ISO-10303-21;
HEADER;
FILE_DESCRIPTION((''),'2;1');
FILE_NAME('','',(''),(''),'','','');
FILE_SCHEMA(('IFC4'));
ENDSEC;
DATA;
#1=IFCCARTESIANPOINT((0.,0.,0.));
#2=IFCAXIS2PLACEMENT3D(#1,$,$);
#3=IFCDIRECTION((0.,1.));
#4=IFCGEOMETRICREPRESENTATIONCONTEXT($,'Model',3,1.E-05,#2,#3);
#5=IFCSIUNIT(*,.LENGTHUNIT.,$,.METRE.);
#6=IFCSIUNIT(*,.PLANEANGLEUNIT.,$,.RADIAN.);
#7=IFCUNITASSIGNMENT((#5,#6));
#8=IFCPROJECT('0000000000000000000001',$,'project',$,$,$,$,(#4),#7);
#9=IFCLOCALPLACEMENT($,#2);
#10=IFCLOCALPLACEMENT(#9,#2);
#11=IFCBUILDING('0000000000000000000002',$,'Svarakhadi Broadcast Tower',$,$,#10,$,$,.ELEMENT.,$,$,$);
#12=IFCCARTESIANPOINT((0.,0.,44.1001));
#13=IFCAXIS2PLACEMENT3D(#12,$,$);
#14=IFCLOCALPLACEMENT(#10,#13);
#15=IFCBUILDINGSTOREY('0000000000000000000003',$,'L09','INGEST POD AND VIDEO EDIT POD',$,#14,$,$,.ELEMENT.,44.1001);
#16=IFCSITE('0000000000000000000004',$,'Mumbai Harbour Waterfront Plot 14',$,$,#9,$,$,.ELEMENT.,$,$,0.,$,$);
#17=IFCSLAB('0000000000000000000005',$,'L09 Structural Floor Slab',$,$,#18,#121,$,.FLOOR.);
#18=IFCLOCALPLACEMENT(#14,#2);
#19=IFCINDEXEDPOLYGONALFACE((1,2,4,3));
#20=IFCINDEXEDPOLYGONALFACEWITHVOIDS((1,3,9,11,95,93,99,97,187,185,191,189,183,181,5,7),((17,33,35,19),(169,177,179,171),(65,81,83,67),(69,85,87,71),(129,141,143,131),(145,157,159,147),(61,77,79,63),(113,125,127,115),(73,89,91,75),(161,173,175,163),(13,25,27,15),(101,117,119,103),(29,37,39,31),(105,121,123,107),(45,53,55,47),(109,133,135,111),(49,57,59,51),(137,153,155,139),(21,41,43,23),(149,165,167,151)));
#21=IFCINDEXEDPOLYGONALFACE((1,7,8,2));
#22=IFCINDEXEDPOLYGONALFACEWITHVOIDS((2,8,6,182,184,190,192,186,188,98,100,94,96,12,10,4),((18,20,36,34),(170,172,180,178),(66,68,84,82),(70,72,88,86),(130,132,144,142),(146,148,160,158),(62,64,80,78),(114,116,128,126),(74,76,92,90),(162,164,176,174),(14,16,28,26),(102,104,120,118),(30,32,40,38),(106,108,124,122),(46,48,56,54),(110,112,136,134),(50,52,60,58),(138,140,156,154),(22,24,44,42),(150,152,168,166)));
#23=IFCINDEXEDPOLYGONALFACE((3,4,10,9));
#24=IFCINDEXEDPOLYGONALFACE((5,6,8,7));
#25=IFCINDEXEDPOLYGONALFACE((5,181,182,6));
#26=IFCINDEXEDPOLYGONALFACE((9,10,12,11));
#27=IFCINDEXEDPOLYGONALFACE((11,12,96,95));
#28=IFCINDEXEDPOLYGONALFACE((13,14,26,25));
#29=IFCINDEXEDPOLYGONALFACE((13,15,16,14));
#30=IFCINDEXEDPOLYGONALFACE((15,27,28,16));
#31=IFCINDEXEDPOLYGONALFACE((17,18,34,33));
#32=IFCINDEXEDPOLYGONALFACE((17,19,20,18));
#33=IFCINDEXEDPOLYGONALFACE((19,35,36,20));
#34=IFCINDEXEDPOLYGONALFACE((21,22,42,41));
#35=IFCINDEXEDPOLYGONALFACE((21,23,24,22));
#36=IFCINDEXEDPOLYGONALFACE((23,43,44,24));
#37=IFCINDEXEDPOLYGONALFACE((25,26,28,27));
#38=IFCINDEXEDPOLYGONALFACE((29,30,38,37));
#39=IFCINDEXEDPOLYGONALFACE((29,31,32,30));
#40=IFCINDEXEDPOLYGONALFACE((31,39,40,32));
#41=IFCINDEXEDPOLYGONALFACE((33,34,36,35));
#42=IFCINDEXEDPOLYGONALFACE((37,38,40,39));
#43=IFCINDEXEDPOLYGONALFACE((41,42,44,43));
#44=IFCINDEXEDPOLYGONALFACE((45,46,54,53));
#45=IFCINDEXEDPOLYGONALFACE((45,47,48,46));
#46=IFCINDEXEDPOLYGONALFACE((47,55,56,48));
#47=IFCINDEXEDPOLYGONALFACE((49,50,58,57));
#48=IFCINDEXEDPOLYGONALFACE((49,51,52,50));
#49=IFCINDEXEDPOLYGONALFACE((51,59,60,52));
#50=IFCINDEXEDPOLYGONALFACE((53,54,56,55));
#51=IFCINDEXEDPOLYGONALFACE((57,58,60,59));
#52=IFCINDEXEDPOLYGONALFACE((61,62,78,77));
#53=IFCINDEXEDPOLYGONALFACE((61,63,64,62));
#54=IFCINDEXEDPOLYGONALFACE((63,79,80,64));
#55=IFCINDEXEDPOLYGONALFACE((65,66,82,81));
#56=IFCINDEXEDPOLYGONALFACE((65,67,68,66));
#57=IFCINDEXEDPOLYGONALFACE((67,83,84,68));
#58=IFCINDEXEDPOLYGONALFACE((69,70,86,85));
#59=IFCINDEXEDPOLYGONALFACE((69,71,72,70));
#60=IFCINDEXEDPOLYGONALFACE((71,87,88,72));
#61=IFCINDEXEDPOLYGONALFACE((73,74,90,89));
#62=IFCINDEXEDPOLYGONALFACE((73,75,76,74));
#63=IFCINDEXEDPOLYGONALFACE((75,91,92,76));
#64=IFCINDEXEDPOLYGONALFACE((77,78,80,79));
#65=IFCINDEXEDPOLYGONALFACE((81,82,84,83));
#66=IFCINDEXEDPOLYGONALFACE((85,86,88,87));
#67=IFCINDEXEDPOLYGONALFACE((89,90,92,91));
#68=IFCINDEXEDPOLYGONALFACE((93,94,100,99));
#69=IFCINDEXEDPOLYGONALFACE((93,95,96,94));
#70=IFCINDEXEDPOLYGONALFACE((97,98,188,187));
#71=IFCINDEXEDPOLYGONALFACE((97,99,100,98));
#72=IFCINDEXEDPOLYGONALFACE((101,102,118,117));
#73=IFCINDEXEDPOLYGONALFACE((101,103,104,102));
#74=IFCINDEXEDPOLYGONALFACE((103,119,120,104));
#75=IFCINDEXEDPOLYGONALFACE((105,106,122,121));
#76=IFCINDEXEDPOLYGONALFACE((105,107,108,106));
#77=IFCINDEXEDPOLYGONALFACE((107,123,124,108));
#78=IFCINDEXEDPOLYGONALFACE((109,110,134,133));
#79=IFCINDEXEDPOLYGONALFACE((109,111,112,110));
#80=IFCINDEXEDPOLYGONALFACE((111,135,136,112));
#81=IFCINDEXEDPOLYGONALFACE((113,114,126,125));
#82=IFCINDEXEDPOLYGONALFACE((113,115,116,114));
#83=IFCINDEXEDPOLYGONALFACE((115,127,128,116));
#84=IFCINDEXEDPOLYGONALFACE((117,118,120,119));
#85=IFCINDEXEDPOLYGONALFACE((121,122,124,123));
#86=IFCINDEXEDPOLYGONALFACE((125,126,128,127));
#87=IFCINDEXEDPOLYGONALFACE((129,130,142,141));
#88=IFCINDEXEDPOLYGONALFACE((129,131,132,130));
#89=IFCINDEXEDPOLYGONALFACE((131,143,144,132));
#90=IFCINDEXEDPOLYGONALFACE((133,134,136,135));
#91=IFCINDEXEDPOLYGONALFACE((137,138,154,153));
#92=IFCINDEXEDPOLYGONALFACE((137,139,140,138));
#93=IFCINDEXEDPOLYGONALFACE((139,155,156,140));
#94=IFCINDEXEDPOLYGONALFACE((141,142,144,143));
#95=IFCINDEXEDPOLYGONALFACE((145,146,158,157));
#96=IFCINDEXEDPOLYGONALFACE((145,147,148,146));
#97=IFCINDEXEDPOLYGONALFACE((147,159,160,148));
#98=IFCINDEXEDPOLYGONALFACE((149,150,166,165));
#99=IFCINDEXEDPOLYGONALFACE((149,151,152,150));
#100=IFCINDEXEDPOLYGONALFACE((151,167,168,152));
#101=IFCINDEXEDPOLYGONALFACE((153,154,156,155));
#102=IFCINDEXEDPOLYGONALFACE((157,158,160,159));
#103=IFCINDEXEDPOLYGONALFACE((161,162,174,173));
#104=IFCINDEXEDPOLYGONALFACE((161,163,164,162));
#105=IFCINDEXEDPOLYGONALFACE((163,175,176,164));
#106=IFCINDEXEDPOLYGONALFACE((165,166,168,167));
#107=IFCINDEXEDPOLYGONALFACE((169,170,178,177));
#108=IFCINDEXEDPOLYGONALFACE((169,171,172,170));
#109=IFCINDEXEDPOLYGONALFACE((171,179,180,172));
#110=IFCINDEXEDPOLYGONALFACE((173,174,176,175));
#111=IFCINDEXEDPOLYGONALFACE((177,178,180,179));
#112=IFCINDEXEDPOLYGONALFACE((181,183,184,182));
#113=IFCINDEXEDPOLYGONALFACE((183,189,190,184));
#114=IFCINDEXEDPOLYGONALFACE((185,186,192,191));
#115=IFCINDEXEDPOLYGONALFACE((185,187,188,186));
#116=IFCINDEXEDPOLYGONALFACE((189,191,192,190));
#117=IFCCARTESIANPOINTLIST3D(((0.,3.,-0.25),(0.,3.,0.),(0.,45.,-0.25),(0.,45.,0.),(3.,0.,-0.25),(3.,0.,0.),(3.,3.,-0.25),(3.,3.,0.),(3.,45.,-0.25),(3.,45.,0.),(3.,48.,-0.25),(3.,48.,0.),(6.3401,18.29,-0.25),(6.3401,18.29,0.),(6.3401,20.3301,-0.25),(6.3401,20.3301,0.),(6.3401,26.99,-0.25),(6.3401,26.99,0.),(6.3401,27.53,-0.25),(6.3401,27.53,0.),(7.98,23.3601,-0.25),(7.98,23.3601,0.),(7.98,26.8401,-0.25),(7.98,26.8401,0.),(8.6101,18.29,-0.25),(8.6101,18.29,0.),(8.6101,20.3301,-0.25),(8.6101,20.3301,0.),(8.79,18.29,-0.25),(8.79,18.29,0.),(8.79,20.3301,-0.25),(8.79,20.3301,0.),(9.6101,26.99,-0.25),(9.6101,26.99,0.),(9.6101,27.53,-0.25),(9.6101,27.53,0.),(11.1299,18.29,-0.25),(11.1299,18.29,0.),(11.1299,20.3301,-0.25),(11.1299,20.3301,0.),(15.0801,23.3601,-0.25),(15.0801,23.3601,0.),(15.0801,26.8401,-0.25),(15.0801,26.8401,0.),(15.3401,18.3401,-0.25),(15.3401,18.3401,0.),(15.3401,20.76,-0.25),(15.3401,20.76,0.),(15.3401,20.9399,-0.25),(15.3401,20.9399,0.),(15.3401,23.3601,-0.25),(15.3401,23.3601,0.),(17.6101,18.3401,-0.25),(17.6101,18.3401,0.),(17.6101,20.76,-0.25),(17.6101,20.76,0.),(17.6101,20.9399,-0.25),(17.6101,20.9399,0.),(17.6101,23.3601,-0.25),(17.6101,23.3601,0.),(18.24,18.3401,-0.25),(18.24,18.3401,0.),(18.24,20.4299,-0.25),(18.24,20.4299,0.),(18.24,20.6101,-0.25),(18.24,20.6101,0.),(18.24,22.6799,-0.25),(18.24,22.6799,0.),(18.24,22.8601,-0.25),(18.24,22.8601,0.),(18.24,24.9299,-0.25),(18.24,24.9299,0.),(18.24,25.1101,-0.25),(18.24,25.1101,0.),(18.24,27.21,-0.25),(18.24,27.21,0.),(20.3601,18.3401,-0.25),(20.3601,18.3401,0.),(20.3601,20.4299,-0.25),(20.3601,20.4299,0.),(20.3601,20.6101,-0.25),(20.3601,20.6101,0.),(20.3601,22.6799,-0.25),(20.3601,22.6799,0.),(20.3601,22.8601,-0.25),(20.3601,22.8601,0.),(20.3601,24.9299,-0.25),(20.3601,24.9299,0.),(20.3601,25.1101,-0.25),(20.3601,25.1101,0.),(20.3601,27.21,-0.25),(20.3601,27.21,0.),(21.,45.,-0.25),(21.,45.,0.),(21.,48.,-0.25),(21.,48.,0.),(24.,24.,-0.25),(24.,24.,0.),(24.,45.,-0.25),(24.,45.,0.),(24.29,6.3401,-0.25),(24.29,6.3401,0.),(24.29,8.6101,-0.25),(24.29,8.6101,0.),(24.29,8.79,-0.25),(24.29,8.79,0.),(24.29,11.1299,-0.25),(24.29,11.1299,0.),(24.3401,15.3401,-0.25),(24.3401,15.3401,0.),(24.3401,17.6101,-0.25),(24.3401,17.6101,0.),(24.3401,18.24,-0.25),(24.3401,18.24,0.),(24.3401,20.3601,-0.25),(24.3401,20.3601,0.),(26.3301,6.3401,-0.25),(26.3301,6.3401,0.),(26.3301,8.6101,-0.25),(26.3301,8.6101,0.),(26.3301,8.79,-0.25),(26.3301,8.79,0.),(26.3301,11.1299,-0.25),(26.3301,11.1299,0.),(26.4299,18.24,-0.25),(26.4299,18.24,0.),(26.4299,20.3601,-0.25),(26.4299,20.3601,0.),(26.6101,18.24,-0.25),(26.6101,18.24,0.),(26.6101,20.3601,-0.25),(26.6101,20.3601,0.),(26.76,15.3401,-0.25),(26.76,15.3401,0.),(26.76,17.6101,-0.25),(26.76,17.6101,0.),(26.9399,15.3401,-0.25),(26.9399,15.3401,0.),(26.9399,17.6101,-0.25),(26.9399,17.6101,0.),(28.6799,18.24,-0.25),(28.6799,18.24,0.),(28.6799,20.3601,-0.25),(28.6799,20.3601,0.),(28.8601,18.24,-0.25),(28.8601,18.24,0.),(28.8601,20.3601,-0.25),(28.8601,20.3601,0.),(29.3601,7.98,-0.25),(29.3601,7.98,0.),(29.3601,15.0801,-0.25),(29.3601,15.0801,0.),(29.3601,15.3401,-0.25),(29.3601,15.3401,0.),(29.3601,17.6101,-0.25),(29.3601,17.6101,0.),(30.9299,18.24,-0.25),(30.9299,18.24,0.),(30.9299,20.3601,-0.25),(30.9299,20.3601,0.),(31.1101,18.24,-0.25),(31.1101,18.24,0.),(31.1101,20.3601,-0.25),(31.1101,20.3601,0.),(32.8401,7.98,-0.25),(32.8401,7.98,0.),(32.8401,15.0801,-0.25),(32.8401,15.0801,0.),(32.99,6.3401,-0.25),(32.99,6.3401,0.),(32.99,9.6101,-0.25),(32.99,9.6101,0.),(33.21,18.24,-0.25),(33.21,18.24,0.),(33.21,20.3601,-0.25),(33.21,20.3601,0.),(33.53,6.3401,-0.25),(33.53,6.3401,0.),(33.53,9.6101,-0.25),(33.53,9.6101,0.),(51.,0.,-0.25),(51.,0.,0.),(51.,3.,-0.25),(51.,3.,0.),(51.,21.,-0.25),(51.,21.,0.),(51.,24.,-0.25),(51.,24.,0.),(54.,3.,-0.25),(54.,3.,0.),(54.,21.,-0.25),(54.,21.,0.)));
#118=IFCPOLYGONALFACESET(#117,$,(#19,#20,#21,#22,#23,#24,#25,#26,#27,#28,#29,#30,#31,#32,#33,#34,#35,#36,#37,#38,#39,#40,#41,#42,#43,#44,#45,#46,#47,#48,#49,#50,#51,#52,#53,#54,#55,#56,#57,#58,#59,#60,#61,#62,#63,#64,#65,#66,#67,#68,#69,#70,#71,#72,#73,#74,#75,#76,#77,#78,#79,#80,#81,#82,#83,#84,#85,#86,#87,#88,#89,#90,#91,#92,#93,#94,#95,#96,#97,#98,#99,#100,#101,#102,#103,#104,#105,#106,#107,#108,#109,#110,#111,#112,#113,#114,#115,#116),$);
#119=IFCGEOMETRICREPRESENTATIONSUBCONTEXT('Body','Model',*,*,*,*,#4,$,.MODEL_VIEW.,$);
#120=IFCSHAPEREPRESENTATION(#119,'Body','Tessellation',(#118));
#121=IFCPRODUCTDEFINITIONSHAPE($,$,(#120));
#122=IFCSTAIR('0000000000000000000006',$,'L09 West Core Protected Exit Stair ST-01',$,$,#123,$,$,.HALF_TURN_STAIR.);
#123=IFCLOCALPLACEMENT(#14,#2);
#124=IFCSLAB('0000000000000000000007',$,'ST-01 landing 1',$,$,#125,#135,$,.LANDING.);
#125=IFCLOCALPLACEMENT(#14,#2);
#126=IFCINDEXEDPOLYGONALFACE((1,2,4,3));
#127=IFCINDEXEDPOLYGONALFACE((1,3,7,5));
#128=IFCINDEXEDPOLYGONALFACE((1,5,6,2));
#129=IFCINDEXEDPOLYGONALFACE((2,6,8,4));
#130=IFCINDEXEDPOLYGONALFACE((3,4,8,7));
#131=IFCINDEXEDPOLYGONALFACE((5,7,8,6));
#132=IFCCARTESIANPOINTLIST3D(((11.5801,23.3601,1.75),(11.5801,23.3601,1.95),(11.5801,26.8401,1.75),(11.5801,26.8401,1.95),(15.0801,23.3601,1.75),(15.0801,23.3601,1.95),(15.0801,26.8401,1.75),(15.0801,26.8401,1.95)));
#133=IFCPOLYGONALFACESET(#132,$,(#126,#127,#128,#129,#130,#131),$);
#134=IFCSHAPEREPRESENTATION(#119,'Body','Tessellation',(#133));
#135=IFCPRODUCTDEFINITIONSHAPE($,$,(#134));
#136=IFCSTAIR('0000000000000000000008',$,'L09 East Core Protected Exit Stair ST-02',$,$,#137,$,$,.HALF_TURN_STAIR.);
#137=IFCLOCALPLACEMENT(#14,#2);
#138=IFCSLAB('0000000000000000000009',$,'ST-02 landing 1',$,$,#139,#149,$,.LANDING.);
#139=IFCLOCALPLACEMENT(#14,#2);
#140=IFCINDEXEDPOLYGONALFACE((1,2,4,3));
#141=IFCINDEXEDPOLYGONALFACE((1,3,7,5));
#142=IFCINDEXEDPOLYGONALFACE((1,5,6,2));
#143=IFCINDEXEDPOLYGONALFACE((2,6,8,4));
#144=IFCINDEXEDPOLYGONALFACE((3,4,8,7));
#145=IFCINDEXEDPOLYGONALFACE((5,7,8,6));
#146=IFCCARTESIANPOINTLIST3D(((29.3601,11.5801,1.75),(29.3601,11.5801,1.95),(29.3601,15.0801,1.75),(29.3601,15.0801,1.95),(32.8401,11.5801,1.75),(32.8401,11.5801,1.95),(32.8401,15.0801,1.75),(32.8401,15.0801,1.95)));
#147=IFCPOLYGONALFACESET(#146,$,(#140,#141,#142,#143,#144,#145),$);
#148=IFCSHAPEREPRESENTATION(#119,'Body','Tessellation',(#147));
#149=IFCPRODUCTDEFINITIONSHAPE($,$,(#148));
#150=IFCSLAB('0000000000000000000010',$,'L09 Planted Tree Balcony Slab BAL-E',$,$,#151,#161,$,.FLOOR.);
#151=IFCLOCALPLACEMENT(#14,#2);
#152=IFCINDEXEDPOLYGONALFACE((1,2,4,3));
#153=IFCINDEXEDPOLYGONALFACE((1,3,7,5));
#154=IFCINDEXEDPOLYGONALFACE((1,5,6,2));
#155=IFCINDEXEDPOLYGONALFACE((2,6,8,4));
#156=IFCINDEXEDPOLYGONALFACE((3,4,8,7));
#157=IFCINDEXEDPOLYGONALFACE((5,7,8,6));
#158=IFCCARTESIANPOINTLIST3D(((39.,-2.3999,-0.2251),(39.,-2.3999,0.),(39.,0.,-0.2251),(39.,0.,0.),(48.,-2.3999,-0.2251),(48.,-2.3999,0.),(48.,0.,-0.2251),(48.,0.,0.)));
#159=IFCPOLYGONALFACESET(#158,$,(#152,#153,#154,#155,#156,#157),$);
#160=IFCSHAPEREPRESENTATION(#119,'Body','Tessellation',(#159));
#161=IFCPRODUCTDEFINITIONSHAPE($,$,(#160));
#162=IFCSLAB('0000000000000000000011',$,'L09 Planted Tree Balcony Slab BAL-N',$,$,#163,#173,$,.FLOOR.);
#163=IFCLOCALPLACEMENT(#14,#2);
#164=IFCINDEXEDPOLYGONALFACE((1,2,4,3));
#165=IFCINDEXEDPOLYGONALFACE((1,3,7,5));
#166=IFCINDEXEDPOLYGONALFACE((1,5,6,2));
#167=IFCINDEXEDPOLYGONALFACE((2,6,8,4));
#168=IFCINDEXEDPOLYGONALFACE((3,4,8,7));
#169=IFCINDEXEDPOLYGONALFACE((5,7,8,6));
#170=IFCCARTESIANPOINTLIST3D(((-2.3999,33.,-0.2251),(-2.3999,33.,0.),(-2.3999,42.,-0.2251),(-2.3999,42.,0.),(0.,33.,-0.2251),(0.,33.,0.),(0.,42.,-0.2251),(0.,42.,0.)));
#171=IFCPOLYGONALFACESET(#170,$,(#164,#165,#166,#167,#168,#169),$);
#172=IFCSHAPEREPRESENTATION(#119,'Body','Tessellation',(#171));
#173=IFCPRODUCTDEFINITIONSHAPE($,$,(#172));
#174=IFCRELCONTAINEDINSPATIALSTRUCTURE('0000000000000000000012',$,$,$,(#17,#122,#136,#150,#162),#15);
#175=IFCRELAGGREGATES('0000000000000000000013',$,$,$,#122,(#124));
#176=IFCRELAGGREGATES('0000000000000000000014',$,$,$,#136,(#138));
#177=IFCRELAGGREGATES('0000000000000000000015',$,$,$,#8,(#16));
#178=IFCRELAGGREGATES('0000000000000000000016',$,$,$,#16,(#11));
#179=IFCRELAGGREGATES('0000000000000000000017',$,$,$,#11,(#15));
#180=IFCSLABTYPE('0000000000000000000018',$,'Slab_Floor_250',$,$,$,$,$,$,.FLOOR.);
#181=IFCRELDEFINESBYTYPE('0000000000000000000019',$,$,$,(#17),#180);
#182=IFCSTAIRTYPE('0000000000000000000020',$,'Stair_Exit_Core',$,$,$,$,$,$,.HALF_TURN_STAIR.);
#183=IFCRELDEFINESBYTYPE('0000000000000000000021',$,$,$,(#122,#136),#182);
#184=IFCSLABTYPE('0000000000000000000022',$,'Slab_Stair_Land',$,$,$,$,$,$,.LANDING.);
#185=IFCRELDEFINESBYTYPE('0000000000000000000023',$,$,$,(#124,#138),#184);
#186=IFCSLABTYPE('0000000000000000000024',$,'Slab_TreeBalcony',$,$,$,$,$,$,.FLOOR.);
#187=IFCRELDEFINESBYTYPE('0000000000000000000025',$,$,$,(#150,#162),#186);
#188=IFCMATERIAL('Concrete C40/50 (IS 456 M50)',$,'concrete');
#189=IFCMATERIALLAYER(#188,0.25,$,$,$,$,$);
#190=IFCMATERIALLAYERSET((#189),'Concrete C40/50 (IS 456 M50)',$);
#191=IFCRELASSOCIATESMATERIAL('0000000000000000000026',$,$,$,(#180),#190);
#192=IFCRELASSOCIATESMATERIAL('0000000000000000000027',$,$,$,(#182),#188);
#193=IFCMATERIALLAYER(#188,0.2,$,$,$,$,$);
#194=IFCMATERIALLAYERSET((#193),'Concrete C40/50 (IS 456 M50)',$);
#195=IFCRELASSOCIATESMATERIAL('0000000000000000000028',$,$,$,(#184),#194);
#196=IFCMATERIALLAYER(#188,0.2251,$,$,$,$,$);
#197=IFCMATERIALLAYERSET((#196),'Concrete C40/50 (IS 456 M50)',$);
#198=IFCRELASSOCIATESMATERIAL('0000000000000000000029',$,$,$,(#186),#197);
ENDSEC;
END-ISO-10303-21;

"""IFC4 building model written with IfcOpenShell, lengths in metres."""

from ifc_helpers import new_model, si_unit, direction, frame, origin, place, context, subcontext, project, spatial, polyline, outline, extrude, material, layer, layer_set, type_object, element, aggregate, save


model = new_model("IFC4")

# Units and contexts
model_context = context("Model", 3, precision=1e-05, world=origin(), true_north=direction((0.0, 1.0)))
body_context = subcontext(model_context, "Body", "Model", "MODEL_VIEW")
ifc_project = project(units=[si_unit("LENGTHUNIT", "METRE"), si_unit("PLANEANGLEUNIT", "RADIAN")], contexts=[model_context])

# Site, building, storey
site_placement = place(None, origin())
site = spatial("IfcSite", under=ifc_project, at=site_placement, Name="Mumbai Harbour Waterfront Plot 14", CompositionType="ELEMENT", RefElevation=0.0)
building_placement = place(site_placement, origin())
building = spatial("IfcBuilding", under=site, at=building_placement, Name="Svarakhadi Broadcast Tower", CompositionType="ELEMENT")
storey_placement = place(building_placement, frame((0.0, 0.0, 44.1001)))
storey = spatial("IfcBuildingStorey", under=building, at=storey_placement, Name="L09", Description="INGEST POD AND VIDEO EDIT POD", CompositionType="ELEMENT", Elevation=44.1001)

# Slab
ifc_material_1 = material(Name="Concrete C40/50 (IS 456 M50)", Category="concrete")
ifc_layer_1 = layer(ifc_material_1, 0.25)
ifc_layer_set_1 = layer_set([ifc_layer_1], Name="Concrete C40/50 (IS 456 M50)")
slab_type_1 = type_object("IfcSlabType", Name="Slab_Floor_250", PredefinedType="FLOOR", material=ifc_layer_set_1)
slab_1_placement = place(storey_placement, frame((0.0, 0.0, -0.25)))
element("IfcSlab", 1, at=slab_1_placement, inside=storey, type_object=slab_type_1, Name="L09 Structural Floor Slab", PredefinedType="FLOOR", context=body_context, shape_type="SweptSolid", body=[
    extrude(outline(polyline([(3.0, 0.0), (51.0, 0.0), (51.0, 3.0), (54.0, 3.0), (54.0, 21.0), (51.0, 21.0), (51.0, 24.0), (24.0, 24.0), (24.0, 45.0), (21.0, 45.0), (21.0, 48.0), (3.0, 48.0), (3.0, 45.0), (0.0, 45.0), (0.0, 3.0), (3.0, 3.0), (3.0, 0.0)]), holes=[polyline([(7.98, 23.3601), (15.0801, 23.3601), (15.0801, 26.8401), (7.98, 26.8401), (7.98, 23.3601)]), polyline([(32.8401, 7.98), (32.8401, 15.0801), (29.3601, 15.0801), (29.3601, 7.98), (32.8401, 7.98)]), polyline([(6.3401, 18.29), (8.6101, 18.29), (8.6101, 20.3301), (6.3401, 20.3301), (6.3401, 18.29)]), polyline([(8.79, 18.29), (11.1299, 18.29), (11.1299, 20.3301), (8.79, 20.3301), (8.79, 18.29)]), polyline([(24.29, 6.3401), (26.3301, 6.3401), (26.3301, 8.6101), (24.29, 8.6101), (24.29, 6.3401)]), polyline([(24.29, 8.79), (26.3301, 8.79), (26.3301, 11.1299), (24.29, 11.1299), (24.29, 8.79)]), polyline([(6.3401, 26.99), (9.6101, 26.99), (9.6101, 27.53), (6.3401, 27.53), (6.3401, 26.99)]), polyline([(32.99, 6.3401), (33.53, 6.3401), (33.53, 9.6101), (32.99, 9.6101), (32.99, 6.3401)]), polyline([(15.3401, 18.3401), (17.6101, 18.3401), (17.6101, 20.76), (15.3401, 20.76), (15.3401, 18.3401)]), polyline([(15.3401, 20.9399), (17.6101, 20.9399), (17.6101, 23.3601), (15.3401, 23.3601), (15.3401, 20.9399)]), polyline([(24.3401, 15.3401), (26.76, 15.3401), (26.76, 17.6101), (24.3401, 17.6101), (24.3401, 15.3401)]), polyline([(26.9399, 15.3401), (29.3601, 15.3401), (29.3601, 17.6101), (26.9399, 17.6101), (26.9399, 15.3401)]), polyline([(18.24, 18.3401), (20.3601, 18.3401), (20.3601, 20.4299), (18.24, 20.4299), (18.24, 18.3401)]), polyline([(18.24, 20.6101), (20.3601, 20.6101), (20.3601, 22.6799), (18.24, 22.6799), (18.24, 20.6101)]), polyline([(18.24, 22.8601), (20.3601, 22.8601), (20.3601, 24.9299), (18.24, 24.9299), (18.24, 22.8601)]), polyline([(18.24, 25.1101), (20.3601, 25.1101), (20.3601, 27.21), (18.24, 27.21), (18.24, 25.1101)]), polyline([(24.3401, 18.24), (26.4299, 18.24), (26.4299, 20.3601), (24.3401, 20.3601), (24.3401, 18.24)]), polyline([(26.6101, 18.24), (28.6799, 18.24), (28.6799, 20.3601), (26.6101, 20.3601), (26.6101, 18.24)]), polyline([(28.8601, 18.24), (30.9299, 18.24), (30.9299, 20.3601), (28.8601, 20.3601), (28.8601, 18.24)]), polyline([(31.1101, 18.24), (33.21, 18.24), (33.21, 20.3601), (31.1101, 20.3601), (31.1101, 18.24)])]), origin(), (0.0, 0.0, 1.0), 0.25),
])

# Stairs, slabs
stair_type = type_object("IfcStairType", Name="Stair_Exit_Core", PredefinedType="HALF_TURN_STAIR", material=ifc_material_1)
stair_1_placement = place(storey_placement, origin())
stair_1 = element("IfcStair", 2, at=stair_1_placement, inside=storey, type_object=stair_type, Name="L09 West Core Protected Exit Stair ST-01", PredefinedType="HALF_TURN_STAIR")
ifc_layer_2 = layer(ifc_material_1, 0.2)
ifc_layer_set_2 = layer_set([ifc_layer_2], Name="Concrete C40/50 (IS 456 M50)")
slab_type_2 = type_object("IfcSlabType", Name="Slab_Stair_Land", PredefinedType="LANDING", material=ifc_layer_set_2)
slab_2_placement = place(storey_placement, frame((0.0, 0.0, 1.75)))
slab_2 = element("IfcSlab", 3, at=slab_2_placement, type_object=slab_type_2, Name="ST-01 landing 1", PredefinedType="LANDING", context=body_context, shape_type="SweptSolid", body=[
    extrude(outline(polyline([(11.5801, 23.3601), (15.0801, 23.3601), (15.0801, 26.8401), (11.5801, 26.8401), (11.5801, 23.3601)])), origin(), (0.0, 0.0, 1.0), 0.2),
])
aggregate(stair_1, [slab_2])
stair_2_placement = place(storey_placement, origin())
stair_2 = element("IfcStair", 4, at=stair_2_placement, inside=storey, type_object=stair_type, Name="L09 East Core Protected Exit Stair ST-02", PredefinedType="HALF_TURN_STAIR")
slab_3_placement = place(storey_placement, frame((0.0, 0.0, 1.75)))
slab_3 = element("IfcSlab", 5, at=slab_3_placement, type_object=slab_type_2, Name="ST-02 landing 1", PredefinedType="LANDING", context=body_context, shape_type="SweptSolid", body=[
    extrude(outline(polyline([(32.8401, 11.5801), (32.8401, 15.0801), (29.3601, 15.0801), (29.3601, 11.5801), (32.8401, 11.5801)])), origin(), (0.0, 0.0, 1.0), 0.2),
])
aggregate(stair_2, [slab_3])

# Slabs
ifc_layer_3 = layer(ifc_material_1, 0.2251)
ifc_layer_set_3 = layer_set([ifc_layer_3], Name="Concrete C40/50 (IS 456 M50)")
slab_type_3 = type_object("IfcSlabType", Name="Slab_TreeBalcony", PredefinedType="FLOOR", material=ifc_layer_set_3)
slab_4_placement = place(storey_placement, frame((0.0, 0.0, -0.2251)))
element("IfcSlab", 6, at=slab_4_placement, inside=storey, type_object=slab_type_3, Name="L09 Planted Tree Balcony Slab BAL-E", PredefinedType="FLOOR", context=body_context, shape_type="SweptSolid", body=[
    extrude(outline(polyline([(39.0, -2.3999), (48.0, -2.3999), (48.0, 0.0), (39.0, 0.0), (39.0, -2.3999)])), origin(), (0.0, 0.0, 1.0), 0.2251),
])
slab_5_placement = place(storey_placement, frame((0.0, 0.0, -0.2251)))
element("IfcSlab", 7, at=slab_5_placement, inside=storey, type_object=slab_type_3, Name="L09 Planted Tree Balcony Slab BAL-N", PredefinedType="FLOOR", context=body_context, shape_type="SweptSolid", body=[
    extrude(outline(polyline([(-2.3999, 33.0), (0.0, 33.0), (0.0, 42.0), (-2.3999, 42.0), (-2.3999, 33.0)])), origin(), (0.0, 0.0, 1.0), 0.2251),
])

save(model, "model.ifc")
